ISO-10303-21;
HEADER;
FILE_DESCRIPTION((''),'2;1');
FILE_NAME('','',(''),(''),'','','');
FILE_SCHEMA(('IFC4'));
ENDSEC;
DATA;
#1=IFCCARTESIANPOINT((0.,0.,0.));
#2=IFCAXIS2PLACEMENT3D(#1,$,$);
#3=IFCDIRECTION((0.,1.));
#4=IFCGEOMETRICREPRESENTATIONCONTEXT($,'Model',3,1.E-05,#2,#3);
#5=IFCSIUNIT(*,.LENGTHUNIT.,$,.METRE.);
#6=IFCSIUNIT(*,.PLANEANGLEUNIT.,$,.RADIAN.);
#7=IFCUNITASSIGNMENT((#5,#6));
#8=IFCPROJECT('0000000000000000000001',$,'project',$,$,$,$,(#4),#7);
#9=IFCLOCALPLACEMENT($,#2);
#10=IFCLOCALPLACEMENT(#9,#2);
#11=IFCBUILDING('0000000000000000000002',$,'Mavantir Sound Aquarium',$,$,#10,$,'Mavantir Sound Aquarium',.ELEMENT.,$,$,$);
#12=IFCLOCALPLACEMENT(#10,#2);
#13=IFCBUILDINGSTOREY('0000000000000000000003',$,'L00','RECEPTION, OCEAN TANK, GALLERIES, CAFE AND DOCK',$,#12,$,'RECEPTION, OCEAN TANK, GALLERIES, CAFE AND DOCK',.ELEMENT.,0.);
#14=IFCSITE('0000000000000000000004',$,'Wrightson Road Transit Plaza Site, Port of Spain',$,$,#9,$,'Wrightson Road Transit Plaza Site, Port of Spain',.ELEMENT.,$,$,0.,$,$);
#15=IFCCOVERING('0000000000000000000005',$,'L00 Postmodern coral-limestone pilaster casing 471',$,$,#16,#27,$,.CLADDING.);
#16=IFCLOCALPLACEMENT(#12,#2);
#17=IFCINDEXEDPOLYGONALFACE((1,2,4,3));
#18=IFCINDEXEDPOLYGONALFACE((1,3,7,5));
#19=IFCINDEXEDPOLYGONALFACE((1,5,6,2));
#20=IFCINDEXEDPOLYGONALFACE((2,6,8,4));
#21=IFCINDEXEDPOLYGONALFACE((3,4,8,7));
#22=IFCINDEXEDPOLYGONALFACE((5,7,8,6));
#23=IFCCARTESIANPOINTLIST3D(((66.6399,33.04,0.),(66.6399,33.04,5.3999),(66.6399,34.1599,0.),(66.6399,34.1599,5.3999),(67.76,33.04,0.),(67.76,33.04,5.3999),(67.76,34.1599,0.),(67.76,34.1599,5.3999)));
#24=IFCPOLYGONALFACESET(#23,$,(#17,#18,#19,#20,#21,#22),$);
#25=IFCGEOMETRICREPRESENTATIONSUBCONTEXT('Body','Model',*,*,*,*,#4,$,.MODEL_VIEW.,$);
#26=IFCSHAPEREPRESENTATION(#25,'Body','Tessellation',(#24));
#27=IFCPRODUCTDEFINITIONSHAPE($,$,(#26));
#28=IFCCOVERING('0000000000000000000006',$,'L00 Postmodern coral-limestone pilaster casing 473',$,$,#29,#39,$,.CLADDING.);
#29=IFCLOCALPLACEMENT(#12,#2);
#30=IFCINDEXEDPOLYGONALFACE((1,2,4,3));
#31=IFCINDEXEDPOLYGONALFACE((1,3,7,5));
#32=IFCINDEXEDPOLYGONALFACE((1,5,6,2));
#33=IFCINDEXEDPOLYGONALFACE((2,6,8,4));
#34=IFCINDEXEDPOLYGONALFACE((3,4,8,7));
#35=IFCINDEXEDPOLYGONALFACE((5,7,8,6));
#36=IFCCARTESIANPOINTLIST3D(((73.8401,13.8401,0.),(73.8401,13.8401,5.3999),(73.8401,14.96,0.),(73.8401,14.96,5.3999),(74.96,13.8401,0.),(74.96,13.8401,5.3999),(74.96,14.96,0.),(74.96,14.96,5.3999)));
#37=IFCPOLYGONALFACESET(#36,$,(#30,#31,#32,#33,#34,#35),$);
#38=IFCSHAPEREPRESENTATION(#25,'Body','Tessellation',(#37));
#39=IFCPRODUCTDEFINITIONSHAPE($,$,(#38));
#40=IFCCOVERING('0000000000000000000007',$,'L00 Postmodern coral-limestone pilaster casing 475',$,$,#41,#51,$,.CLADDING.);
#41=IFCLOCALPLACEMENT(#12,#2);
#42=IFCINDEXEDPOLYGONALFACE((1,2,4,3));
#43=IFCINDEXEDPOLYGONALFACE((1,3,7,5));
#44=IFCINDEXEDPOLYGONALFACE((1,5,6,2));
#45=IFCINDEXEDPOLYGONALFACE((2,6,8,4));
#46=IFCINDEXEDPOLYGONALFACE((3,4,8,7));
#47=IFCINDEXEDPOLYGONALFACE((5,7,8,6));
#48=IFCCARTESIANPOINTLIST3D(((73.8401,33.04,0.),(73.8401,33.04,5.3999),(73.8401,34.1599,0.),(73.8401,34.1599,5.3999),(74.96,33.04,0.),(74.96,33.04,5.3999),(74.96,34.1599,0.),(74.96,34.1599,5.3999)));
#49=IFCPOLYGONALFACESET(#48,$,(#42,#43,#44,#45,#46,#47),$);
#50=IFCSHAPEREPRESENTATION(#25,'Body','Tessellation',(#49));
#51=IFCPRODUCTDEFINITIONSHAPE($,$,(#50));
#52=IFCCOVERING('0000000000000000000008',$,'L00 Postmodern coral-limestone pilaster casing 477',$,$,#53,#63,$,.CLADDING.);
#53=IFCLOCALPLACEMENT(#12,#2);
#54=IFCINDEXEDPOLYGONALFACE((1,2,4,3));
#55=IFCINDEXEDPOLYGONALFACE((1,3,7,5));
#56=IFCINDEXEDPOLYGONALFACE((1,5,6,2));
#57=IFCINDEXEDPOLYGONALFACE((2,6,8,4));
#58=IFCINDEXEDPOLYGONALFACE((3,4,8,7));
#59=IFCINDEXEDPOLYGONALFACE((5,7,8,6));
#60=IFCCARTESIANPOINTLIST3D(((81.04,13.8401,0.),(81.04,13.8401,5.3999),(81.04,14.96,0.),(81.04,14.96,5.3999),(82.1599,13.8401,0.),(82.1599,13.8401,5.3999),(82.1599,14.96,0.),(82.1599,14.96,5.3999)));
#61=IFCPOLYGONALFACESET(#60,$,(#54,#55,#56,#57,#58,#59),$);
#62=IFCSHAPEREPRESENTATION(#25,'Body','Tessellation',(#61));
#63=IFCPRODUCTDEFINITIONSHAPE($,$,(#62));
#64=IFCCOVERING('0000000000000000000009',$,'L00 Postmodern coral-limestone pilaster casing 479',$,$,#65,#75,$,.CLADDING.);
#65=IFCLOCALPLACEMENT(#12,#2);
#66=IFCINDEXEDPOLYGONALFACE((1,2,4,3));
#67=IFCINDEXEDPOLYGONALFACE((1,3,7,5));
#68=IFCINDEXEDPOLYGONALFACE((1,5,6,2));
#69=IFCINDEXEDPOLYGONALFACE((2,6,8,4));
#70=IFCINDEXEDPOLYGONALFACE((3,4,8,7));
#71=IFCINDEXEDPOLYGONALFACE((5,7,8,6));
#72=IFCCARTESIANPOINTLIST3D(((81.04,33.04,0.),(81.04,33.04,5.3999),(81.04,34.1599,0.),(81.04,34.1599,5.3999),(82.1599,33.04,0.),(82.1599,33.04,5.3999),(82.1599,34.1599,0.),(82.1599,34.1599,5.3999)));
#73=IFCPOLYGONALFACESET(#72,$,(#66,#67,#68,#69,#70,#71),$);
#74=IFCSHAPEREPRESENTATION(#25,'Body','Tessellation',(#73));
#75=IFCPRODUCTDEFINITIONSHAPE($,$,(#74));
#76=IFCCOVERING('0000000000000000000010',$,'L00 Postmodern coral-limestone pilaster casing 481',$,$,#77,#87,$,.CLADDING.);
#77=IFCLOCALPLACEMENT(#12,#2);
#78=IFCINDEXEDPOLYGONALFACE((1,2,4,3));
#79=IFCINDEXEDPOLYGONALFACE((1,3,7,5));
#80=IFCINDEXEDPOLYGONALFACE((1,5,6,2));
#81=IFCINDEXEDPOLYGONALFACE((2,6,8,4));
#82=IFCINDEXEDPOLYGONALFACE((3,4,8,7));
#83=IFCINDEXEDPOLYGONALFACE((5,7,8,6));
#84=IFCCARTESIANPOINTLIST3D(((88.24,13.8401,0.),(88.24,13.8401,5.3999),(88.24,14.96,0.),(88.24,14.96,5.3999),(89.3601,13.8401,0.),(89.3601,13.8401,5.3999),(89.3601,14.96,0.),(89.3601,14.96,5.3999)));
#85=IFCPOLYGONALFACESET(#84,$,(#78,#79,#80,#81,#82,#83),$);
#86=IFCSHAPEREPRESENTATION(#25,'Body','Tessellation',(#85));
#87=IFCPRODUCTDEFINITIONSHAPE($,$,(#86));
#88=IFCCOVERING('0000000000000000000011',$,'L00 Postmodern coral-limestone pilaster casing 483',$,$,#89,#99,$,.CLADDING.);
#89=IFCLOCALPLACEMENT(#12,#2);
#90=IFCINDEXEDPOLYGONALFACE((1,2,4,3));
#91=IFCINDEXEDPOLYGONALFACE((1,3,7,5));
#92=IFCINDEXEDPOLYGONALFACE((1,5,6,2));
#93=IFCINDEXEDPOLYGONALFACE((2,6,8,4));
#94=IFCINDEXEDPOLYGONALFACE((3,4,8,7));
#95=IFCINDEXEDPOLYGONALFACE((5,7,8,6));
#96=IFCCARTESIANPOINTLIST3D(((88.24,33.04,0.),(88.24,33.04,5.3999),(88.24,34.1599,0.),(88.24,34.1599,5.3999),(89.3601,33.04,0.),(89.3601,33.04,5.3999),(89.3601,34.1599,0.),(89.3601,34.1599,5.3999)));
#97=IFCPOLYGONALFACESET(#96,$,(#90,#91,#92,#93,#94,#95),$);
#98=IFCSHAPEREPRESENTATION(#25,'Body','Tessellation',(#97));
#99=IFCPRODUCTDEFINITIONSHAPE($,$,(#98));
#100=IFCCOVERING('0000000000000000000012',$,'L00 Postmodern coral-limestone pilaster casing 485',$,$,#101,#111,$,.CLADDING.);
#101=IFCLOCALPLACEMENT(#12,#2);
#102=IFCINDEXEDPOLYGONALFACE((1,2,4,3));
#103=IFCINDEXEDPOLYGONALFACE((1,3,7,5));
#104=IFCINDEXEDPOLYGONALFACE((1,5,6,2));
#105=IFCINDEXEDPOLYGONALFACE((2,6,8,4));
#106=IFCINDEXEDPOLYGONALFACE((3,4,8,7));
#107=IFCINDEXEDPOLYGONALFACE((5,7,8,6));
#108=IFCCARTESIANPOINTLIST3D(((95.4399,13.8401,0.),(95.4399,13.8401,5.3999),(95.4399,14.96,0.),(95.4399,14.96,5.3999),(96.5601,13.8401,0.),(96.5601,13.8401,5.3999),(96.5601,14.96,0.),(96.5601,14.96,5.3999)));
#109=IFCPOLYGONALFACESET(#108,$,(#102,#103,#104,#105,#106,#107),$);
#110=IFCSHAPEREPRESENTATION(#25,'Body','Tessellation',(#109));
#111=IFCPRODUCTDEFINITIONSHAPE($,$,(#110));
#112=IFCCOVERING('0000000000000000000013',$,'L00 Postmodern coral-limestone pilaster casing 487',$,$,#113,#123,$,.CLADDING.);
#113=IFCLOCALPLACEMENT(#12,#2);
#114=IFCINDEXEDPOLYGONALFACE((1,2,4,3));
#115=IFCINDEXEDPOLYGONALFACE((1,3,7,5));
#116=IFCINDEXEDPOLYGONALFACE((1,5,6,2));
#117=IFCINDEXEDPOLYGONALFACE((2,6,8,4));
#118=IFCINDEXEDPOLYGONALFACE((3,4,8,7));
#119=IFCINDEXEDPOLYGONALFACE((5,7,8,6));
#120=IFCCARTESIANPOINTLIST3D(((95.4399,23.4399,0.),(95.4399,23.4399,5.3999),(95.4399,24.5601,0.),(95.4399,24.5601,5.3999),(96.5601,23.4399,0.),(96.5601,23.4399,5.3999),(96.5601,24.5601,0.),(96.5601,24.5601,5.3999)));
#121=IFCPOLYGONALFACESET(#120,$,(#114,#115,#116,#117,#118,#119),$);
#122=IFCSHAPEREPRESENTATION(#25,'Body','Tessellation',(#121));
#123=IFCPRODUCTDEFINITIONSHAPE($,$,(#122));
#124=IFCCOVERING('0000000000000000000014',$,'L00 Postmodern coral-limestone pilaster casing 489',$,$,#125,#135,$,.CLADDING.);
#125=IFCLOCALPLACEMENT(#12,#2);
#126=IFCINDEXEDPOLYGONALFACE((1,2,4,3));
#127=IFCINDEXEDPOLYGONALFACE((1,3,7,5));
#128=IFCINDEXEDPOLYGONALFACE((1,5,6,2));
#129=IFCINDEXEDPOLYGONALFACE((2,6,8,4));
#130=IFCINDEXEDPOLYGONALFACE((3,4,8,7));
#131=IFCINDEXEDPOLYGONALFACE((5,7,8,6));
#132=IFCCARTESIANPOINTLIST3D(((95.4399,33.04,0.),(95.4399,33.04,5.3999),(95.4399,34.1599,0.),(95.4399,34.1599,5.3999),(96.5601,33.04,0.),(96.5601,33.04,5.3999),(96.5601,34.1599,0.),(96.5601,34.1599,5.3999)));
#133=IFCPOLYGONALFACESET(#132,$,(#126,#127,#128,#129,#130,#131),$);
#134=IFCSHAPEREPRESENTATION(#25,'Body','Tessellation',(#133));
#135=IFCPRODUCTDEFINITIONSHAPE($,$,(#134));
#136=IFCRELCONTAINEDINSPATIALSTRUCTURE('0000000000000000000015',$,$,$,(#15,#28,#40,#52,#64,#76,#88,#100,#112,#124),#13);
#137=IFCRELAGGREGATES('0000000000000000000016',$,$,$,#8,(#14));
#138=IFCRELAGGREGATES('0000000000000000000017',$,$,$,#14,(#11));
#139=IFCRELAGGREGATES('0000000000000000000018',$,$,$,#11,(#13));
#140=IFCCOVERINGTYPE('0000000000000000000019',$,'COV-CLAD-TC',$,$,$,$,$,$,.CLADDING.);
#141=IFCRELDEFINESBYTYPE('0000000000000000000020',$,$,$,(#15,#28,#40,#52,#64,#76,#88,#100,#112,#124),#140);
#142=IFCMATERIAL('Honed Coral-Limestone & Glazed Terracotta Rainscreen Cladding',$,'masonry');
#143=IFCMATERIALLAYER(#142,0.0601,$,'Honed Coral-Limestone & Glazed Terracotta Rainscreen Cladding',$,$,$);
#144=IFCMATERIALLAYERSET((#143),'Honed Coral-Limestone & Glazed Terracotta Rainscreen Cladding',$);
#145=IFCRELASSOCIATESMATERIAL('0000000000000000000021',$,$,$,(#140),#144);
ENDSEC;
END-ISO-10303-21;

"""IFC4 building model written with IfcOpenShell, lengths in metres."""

from ifc_helpers import new_model, si_unit, direction, origin, place, context, subcontext, project, spatial, polyline, outline, extrude, material, layer, layer_set, type_object, element, save


model = new_model("IFC4")

# Units and contexts
model_context = context("Model", 3, precision=1e-05, world=origin(), true_north=direction((0.0, 1.0)))
body_context = subcontext(model_context, "Body", "Model", "MODEL_VIEW")
ifc_project = project(units=[si_unit("LENGTHUNIT", "METRE"), si_unit("PLANEANGLEUNIT", "RADIAN")], contexts=[model_context])

# Site, building, storey
site_placement = place(None, origin())
site = spatial("IfcSite", under=ifc_project, at=site_placement, Name="Wrightson Road Transit Plaza Site, Port of Spain", LongName="Wrightson Road Transit Plaza Site, Port of Spain", CompositionType="ELEMENT", RefElevation=0.0)
building_placement = place(site_placement, origin())
building = spatial("IfcBuilding", under=site, at=building_placement, Name="Mavantir Sound Aquarium", LongName="Mavantir Sound Aquarium", CompositionType="ELEMENT")
storey_placement = place(building_placement, origin())
storey = spatial("IfcBuildingStorey", under=building, at=storey_placement, Name="L00", Description="RECEPTION, OCEAN TANK, GALLERIES, CAFE AND DOCK", LongName="RECEPTION, OCEAN TANK, GALLERIES, CAFE AND DOCK", CompositionType="ELEMENT", Elevation=0.0)

# Coverings
ifc_material_1 = material(Name="Honed Coral-Limestone & Glazed Terracotta Rainscreen Cladding", Category="masonry")
ifc_layer_1 = layer(ifc_material_1, 0.0601, Name="Honed Coral-Limestone & Glazed Terracotta Rainscreen Cladding")
ifc_layer_set_1 = layer_set([ifc_layer_1], Name="Honed Coral-Limestone & Glazed Terracotta Rainscreen Cladding")
covering_type_1 = type_object("IfcCoveringType", Name="COV-CLAD-TC", PredefinedType="CLADDING", material=ifc_layer_set_1)
covering_1_placement = place(storey_placement, origin())
element("IfcCovering", 1, at=covering_1_placement, inside=storey, type_object=covering_type_1, Name="L00 Postmodern coral-limestone pilaster casing 471", PredefinedType="CLADDING", context=body_context, shape_type="SweptSolid", body=[
    extrude(outline(polyline([(66.6399, 33.04), (67.76, 33.04), (67.76, 34.1599), (66.6399, 34.1599), (66.6399, 33.04)])), origin(), (0.0, 0.0, 1.0), 5.3999),
])
covering_2_placement = place(storey_placement, origin())
element("IfcCovering", 2, at=covering_2_placement, inside=storey, type_object=covering_type_1, Name="L00 Postmodern coral-limestone pilaster casing 473", PredefinedType="CLADDING", context=body_context, shape_type="SweptSolid", body=[
    extrude(outline(polyline([(73.8401, 13.8401), (74.96, 13.8401), (74.96, 14.96), (73.8401, 14.96), (73.8401, 13.8401)])), origin(), (0.0, 0.0, 1.0), 5.3999),
])
covering_3_placement = place(storey_placement, origin())
element("IfcCovering", 3, at=covering_3_placement, inside=storey, type_object=covering_type_1, Name="L00 Postmodern coral-limestone pilaster casing 475", PredefinedType="CLADDING", context=body_context, shape_type="SweptSolid", body=[
    extrude(outline(polyline([(73.8401, 33.04), (74.96, 33.04), (74.96, 34.1599), (73.8401, 34.1599), (73.8401, 33.04)])), origin(), (0.0, 0.0, 1.0), 5.3999),
])
covering_4_placement = place(storey_placement, origin())
element("IfcCovering", 4, at=covering_4_placement, inside=storey, type_object=covering_type_1, Name="L00 Postmodern coral-limestone pilaster casing 477", PredefinedType="CLADDING", context=body_context, shape_type="SweptSolid", body=[
    extrude(outline(polyline([(81.04, 13.8401), (82.1599, 13.8401), (82.1599, 14.96), (81.04, 14.96), (81.04, 13.8401)])), origin(), (0.0, 0.0, 1.0), 5.3999),
])
covering_5_placement = place(storey_placement, origin())
element("IfcCovering", 5, at=covering_5_placement, inside=storey, type_object=covering_type_1, Name="L00 Postmodern coral-limestone pilaster casing 479", PredefinedType="CLADDING", context=body_context, shape_type="SweptSolid", body=[
    extrude(outline(polyline([(81.04, 33.04), (82.1599, 33.04), (82.1599, 34.1599), (81.04, 34.1599), (81.04, 33.04)])), origin(), (0.0, 0.0, 1.0), 5.3999),
])
covering_6_placement = place(storey_placement, origin())
element("IfcCovering", 6, at=covering_6_placement, inside=storey, type_object=covering_type_1, Name="L00 Postmodern coral-limestone pilaster casing 481", PredefinedType="CLADDING", context=body_context, shape_type="SweptSolid", body=[
    extrude(outline(polyline([(88.24, 13.8401), (89.3601, 13.8401), (89.3601, 14.96), (88.24, 14.96), (88.24, 13.8401)])), origin(), (0.0, 0.0, 1.0), 5.3999),
])
covering_7_placement = place(storey_placement, origin())
element("IfcCovering", 7, at=covering_7_placement, inside=storey, type_object=covering_type_1, Name="L00 Postmodern coral-limestone pilaster casing 483", PredefinedType="CLADDING", context=body_context, shape_type="SweptSolid", body=[
    extrude(outline(polyline([(88.24, 33.04), (89.3601, 33.04), (89.3601, 34.1599), (88.24, 34.1599), (88.24, 33.04)])), origin(), (0.0, 0.0, 1.0), 5.3999),
])
covering_8_placement = place(storey_placement, origin())
element("IfcCovering", 8, at=covering_8_placement, inside=storey, type_object=covering_type_1, Name="L00 Postmodern coral-limestone pilaster casing 485", PredefinedType="CLADDING", context=body_context, shape_type="SweptSolid", body=[
    extrude(outline(polyline([(95.4399, 13.8401), (96.5601, 13.8401), (96.5601, 14.96), (95.4399, 14.96), (95.4399, 13.8401)])), origin(), (0.0, 0.0, 1.0), 5.3999),
])
covering_9_placement = place(storey_placement, origin())
element("IfcCovering", 9, at=covering_9_placement, inside=storey, type_object=covering_type_1, Name="L00 Postmodern coral-limestone pilaster casing 487", PredefinedType="CLADDING", context=body_context, shape_type="SweptSolid", body=[
    extrude(outline(polyline([(95.4399, 23.4399), (96.5601, 23.4399), (96.5601, 24.5601), (95.4399, 24.5601), (95.4399, 23.4399)])), origin(), (0.0, 0.0, 1.0), 5.3999),
])
covering_10_placement = place(storey_placement, origin())
element("IfcCovering", 10, at=covering_10_placement, inside=storey, type_object=covering_type_1, Name="L00 Postmodern coral-limestone pilaster casing 489", PredefinedType="CLADDING", context=body_context, shape_type="SweptSolid", body=[
    extrude(outline(polyline([(95.4399, 33.04), (96.5601, 33.04), (96.5601, 34.1599), (95.4399, 34.1599), (95.4399, 33.04)])), origin(), (0.0, 0.0, 1.0), 5.3999),
])

save(model, "model.ifc")
